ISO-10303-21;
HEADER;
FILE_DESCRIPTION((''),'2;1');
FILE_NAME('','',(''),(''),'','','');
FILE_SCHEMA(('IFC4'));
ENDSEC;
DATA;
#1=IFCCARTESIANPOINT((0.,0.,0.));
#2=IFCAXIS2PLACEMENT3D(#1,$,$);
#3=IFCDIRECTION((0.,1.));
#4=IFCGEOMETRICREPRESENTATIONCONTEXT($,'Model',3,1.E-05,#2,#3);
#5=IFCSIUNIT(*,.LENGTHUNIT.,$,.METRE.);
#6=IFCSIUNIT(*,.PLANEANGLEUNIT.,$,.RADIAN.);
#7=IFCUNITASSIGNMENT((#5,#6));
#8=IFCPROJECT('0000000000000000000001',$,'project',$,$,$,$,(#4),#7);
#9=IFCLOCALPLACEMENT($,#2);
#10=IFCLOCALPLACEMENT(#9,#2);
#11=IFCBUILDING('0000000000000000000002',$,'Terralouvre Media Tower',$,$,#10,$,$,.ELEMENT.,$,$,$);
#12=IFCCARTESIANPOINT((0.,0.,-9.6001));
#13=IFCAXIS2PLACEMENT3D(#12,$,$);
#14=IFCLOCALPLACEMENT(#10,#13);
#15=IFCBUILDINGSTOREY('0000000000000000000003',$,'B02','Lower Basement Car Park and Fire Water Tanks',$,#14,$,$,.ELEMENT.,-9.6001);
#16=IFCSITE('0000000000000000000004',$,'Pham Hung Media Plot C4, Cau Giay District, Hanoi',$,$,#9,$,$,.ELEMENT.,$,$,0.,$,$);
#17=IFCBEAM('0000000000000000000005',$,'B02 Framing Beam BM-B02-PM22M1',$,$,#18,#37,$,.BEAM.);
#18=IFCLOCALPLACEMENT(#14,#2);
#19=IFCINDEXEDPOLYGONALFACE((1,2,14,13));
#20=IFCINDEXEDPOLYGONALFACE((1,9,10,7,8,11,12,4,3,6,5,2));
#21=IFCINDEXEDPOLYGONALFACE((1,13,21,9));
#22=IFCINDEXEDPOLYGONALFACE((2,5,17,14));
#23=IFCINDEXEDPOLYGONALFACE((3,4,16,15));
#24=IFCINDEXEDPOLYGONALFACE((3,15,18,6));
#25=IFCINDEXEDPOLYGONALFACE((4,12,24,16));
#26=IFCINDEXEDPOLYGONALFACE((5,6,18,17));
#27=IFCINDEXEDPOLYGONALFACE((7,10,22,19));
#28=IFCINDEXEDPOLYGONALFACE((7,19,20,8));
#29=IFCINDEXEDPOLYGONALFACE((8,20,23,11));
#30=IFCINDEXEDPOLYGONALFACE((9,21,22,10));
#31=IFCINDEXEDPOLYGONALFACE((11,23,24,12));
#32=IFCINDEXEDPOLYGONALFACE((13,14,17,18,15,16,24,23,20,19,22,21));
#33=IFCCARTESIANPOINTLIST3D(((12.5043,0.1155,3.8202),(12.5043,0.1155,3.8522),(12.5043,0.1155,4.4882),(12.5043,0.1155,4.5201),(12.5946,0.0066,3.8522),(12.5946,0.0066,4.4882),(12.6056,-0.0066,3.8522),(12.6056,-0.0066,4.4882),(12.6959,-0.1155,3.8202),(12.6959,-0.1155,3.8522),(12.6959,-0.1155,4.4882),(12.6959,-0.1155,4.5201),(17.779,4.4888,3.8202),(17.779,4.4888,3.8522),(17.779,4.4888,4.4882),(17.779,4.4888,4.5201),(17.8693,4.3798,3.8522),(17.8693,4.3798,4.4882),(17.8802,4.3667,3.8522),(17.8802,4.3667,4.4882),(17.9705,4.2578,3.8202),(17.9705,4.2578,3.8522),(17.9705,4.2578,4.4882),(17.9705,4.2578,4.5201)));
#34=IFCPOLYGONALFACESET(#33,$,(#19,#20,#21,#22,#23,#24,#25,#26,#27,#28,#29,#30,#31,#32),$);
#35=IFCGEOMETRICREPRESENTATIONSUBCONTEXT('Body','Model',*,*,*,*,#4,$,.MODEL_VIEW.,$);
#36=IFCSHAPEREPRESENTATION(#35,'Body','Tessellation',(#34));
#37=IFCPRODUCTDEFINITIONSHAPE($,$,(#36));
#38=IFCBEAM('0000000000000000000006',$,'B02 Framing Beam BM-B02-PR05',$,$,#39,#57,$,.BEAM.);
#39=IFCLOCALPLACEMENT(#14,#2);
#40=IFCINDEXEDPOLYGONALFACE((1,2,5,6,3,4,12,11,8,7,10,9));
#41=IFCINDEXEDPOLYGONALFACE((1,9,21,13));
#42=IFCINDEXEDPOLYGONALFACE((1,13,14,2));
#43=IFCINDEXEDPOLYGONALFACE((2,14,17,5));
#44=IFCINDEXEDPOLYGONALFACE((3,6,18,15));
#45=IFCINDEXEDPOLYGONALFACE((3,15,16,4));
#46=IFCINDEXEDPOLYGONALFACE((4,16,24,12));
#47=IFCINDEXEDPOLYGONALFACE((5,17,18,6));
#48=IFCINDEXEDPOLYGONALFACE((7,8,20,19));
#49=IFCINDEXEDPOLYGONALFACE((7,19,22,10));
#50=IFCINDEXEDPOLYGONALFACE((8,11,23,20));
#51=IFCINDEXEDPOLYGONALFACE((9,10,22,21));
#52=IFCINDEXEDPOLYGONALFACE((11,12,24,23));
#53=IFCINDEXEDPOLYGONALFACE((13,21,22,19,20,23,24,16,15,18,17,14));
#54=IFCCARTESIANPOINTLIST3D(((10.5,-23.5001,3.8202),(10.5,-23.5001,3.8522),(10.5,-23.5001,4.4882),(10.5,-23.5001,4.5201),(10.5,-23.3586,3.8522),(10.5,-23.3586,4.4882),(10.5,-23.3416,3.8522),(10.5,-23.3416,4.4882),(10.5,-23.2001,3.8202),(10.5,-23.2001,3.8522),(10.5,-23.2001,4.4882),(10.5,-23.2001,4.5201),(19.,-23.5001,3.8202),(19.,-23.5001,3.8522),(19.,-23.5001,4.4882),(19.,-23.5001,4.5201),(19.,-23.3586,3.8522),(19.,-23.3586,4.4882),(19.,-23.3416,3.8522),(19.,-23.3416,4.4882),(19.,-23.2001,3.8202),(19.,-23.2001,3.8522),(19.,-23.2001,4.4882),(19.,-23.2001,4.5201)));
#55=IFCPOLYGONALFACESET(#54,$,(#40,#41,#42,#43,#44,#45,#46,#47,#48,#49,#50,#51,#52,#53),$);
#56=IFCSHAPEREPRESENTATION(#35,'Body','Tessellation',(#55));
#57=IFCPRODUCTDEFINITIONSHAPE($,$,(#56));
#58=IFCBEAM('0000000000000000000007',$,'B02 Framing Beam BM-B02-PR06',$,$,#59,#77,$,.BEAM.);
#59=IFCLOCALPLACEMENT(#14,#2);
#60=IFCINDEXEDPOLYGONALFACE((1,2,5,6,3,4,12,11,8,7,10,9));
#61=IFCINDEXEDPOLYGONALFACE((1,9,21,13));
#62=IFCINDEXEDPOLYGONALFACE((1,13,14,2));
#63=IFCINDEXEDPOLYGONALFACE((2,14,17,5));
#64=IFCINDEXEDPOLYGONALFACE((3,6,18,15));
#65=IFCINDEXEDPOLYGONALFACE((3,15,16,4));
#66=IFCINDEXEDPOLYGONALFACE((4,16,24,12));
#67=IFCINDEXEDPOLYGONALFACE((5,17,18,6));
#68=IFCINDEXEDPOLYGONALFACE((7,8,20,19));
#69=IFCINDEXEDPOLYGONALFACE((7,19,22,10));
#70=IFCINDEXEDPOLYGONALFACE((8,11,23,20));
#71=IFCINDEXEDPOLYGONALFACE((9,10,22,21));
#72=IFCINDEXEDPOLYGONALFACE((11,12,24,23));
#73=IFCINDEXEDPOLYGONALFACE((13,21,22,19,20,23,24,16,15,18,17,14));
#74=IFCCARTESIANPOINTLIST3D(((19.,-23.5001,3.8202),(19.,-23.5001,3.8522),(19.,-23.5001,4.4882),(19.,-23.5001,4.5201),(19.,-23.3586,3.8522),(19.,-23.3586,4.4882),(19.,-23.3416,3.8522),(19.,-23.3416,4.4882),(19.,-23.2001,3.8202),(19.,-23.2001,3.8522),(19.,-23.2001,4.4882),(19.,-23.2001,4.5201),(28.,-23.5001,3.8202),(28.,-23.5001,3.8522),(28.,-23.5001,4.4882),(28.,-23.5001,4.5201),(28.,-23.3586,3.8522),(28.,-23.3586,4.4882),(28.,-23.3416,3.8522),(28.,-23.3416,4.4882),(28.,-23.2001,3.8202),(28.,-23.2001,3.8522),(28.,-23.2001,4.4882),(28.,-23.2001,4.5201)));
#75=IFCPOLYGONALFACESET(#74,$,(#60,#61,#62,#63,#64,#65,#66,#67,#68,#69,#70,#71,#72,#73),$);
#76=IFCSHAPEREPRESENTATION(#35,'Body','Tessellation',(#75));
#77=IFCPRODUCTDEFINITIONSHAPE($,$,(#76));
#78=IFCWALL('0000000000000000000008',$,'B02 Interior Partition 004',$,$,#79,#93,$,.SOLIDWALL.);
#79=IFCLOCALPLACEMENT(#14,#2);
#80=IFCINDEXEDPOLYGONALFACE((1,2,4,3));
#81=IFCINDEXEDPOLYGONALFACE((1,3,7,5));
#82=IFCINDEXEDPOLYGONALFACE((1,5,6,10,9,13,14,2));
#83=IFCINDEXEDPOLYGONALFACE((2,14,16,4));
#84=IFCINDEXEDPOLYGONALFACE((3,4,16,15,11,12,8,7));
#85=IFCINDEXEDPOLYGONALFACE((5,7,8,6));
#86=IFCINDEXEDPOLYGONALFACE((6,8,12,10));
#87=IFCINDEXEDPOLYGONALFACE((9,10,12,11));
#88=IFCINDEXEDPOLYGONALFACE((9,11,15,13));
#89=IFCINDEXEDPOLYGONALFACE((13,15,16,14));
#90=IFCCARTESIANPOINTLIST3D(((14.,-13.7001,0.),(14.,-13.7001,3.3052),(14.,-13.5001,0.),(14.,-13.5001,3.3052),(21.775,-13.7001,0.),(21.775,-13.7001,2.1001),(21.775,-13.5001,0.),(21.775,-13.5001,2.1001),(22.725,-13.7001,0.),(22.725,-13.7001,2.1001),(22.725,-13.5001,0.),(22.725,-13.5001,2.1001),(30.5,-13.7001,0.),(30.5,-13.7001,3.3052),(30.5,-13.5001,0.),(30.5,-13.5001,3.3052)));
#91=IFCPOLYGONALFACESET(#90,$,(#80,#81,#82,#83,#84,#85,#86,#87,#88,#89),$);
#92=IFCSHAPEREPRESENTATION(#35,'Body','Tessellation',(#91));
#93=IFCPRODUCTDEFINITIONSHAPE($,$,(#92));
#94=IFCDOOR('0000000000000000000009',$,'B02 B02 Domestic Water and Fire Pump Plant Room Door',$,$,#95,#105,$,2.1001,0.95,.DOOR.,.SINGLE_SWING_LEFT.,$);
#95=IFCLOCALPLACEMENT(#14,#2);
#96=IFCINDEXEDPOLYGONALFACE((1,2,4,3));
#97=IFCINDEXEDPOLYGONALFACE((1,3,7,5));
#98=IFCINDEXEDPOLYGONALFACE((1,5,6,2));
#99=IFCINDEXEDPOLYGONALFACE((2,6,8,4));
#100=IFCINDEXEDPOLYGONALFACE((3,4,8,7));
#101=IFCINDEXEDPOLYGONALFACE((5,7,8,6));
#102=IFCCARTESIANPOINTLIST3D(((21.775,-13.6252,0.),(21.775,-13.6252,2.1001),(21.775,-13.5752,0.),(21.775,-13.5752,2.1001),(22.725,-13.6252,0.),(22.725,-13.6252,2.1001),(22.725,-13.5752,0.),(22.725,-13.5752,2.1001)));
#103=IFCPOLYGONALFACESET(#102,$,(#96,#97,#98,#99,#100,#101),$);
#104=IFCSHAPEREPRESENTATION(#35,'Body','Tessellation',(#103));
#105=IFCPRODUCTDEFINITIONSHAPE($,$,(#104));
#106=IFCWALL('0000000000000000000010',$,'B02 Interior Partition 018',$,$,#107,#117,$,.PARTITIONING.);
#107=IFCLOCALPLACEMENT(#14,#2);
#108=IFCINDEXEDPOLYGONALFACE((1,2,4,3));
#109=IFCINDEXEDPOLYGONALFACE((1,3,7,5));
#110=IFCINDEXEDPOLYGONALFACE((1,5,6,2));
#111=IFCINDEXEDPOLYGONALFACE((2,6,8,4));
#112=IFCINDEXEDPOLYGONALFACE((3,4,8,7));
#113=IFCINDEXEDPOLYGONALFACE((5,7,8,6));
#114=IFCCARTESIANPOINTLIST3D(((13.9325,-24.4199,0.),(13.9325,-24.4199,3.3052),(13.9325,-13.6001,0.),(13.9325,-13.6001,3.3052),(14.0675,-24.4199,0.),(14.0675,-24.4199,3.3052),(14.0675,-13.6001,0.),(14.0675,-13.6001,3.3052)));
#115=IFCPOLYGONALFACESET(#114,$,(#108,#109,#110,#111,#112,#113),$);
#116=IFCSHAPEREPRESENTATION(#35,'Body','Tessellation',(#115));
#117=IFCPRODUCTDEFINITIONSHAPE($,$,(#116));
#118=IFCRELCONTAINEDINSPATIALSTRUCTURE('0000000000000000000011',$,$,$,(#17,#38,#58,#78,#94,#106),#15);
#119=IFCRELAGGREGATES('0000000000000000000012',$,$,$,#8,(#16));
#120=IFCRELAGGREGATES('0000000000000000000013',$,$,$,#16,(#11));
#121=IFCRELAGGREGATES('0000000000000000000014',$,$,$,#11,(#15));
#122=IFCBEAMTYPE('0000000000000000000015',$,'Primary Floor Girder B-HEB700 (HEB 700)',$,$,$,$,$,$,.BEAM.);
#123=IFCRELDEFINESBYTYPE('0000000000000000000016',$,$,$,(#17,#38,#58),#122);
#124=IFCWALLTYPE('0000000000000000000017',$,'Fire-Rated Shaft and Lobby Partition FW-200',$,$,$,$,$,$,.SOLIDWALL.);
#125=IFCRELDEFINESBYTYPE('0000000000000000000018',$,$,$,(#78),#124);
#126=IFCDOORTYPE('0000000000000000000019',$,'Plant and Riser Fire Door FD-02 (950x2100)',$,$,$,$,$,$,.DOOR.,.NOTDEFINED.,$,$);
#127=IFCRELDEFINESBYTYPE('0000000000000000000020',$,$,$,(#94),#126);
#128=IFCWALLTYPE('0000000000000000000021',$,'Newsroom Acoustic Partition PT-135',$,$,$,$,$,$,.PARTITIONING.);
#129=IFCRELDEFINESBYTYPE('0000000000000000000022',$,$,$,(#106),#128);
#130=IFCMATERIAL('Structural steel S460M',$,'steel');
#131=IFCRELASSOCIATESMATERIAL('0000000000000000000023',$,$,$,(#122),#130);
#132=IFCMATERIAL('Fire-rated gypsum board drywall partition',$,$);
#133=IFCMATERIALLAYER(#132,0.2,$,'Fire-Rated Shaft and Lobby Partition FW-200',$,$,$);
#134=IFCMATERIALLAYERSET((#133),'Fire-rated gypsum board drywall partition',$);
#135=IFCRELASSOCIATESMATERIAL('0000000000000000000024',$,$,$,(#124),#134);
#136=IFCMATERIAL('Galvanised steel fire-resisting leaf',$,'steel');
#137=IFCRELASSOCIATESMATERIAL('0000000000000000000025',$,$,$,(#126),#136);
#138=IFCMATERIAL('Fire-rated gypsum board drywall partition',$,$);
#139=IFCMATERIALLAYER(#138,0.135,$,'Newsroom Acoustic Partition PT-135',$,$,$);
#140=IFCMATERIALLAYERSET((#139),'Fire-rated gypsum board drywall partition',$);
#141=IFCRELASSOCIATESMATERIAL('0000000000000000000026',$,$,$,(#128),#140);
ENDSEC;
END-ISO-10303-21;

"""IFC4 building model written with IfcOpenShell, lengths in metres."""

from ifc_helpers import new_model, si_unit, direction, frame, frame_2d, origin, origin_2d, place, context, subcontext, project, spatial, rectangle, i_section, extrude, material, layer, layer_set, material_profile, profile_set, type_object, element, fill, save


model = new_model("IFC4")

# Units and contexts
model_context = context("Model", 3, precision=1e-05, world=origin(), true_north=direction((0.0, 1.0)))
body_context = subcontext(model_context, "Body", "Model", "MODEL_VIEW")
ifc_project = project(units=[si_unit("LENGTHUNIT", "METRE"), si_unit("PLANEANGLEUNIT", "RADIAN")], contexts=[model_context])

# Site, building, storey
site_placement = place(None, origin())
site = spatial("IfcSite", under=ifc_project, at=site_placement, Name="Pham Hung Media Plot C4, Cau Giay District, Hanoi", CompositionType="ELEMENT", RefElevation=0.0)
building_placement = place(site_placement, origin())
building = spatial("IfcBuilding", under=site, at=building_placement, Name="Terralouvre Media Tower", CompositionType="ELEMENT")
storey_placement = place(building_placement, frame((0.0, 0.0, -9.6001)))
storey = spatial("IfcBuildingStorey", under=building, at=storey_placement, Name="B02", Description="Lower Basement Car Park and Fire Water Tanks", CompositionType="ELEMENT", Elevation=-9.6001)

# Beams
ifc_material_1 = material(Name="Structural steel S460M", Category="steel")
ifc_material_profile_1 = material_profile(ifc_material_1, i_section(OverallWidth=0.3, OverallDepth=0.7, WebThickness=0.0171, FlangeThickness=0.032, at=origin_2d()), Name="HEB 700")
ifc_profile_set_1 = profile_set([ifc_material_profile_1], Name="Structural steel S460M")
beam_type_1 = type_object("IfcBeamType", Name="Primary Floor Girder B-HEB700 (HEB 700)", PredefinedType="BEAM", material=ifc_profile_set_1)
beam_1_placement = place(storey_placement, frame((12.6001, 0.0, 4.1702), z_axis=(0.769816, 0.638265, 0.0), x_axis=(-0.638265, 0.769816, 0.0)))
element("IfcBeam", 1, at=beam_1_placement, inside=storey, type_object=beam_type_1, Name="B02 Framing Beam BM-B02-PM22M1", PredefinedType="BEAM", context=body_context, shape_type="SweptSolid", body=[
    extrude(i_section(OverallWidth=0.3, OverallDepth=0.7, WebThickness=0.0171, FlangeThickness=0.032, at=origin_2d()), origin(), (0.0, 0.0, 1.0), 6.8518),
])
beam_2_placement = place(storey_placement, frame((10.5, -23.3501, 4.1702), z_axis=(1.0, 0.0, 0.0), x_axis=(0.0, 1.0, 0.0)))
element("IfcBeam", 2, at=beam_2_placement, inside=storey, type_object=beam_type_1, Name="B02 Framing Beam BM-B02-PR05", PredefinedType="BEAM", context=body_context, shape_type="SweptSolid", body=[
    extrude(i_section(OverallWidth=0.3, OverallDepth=0.7, WebThickness=0.0171, FlangeThickness=0.032, at=origin_2d()), origin(), (0.0, 0.0, 1.0), 8.5),
])
beam_3_placement = place(storey_placement, frame((19.0, -23.3501, 4.1702), z_axis=(1.0, 0.0, 0.0), x_axis=(0.0, 1.0, 0.0)))
element("IfcBeam", 3, at=beam_3_placement, inside=storey, type_object=beam_type_1, Name="B02 Framing Beam BM-B02-PR06", PredefinedType="BEAM", context=body_context, shape_type="SweptSolid", body=[
    extrude(i_section(OverallWidth=0.3, OverallDepth=0.7, WebThickness=0.0171, FlangeThickness=0.032, at=origin_2d()), origin(), (0.0, 0.0, 1.0), 9.0),
])

# Wall, opening, door
ifc_material_2 = material(Name="Fire-rated gypsum board drywall partition")
ifc_layer_1 = layer(ifc_material_2, 0.2, Name="Fire-Rated Shaft and Lobby Partition FW-200")
ifc_layer_set_1 = layer_set([ifc_layer_1], Name="Fire-rated gypsum board drywall partition")
wall_type_1 = type_object("IfcWallType", Name="Fire-Rated Shaft and Lobby Partition FW-200", PredefinedType="SOLIDWALL", material=ifc_layer_set_1)
wall_1_placement = place(storey_placement, frame((14.0, -13.6001, 0.0), z_axis=(0.0, 0.0, 1.0), x_axis=(1.0, 0.0, 0.0)))
wall_1 = element("IfcWall", 4, at=wall_1_placement, inside=storey, type_object=wall_type_1, Name="B02 Interior Partition 004", PredefinedType="SOLIDWALL", context=body_context, shape_type="SweptSolid", body=[
    extrude(rectangle(XDim=16.5, YDim=0.2, at=frame_2d((8.25, 0.0))), origin(), (0.0, 0.0, 1.0), 3.3052),
])
opening_placement = place(wall_1_placement, frame((7.7749, 0.0, 0.0)))
opening = element("IfcOpeningElement", 5, at=opening_placement, cuts=wall_1, PredefinedType="OPENING", context=body_context, shape_type="SweptSolid", body=[
    extrude(rectangle(XDim=0.95, YDim=2.1001, at=frame_2d((0.4751, 1.05))), frame((0.0, 0.1099, 0.0), z_axis=(0.0, -1.0, 0.0), x_axis=(1.0, 0.0, 0.0)), (0.0, 0.0, 1.0), 0.22),
])
ifc_material_3 = material(Name="Galvanised steel fire-resisting leaf", Category="steel")
door_type = type_object("IfcDoorType", Name="Plant and Riser Fire Door FD-02 (950x2100)", OperationType="NOTDEFINED", PredefinedType="DOOR", material=ifc_material_3)
door_placement = place(opening_placement, origin())
door = element("IfcDoor", 6, at=door_placement, inside=storey, type_object=door_type, Name="B02 B02 Domestic Water and Fire Pump Plant Room Door", OperationType="SINGLE_SWING_LEFT", OverallHeight=2.1001, OverallWidth=0.95, PredefinedType="DOOR", context=body_context, shape_type="SweptSolid", body=[
    extrude(rectangle(XDim=0.95, YDim=2.1001, at=frame_2d((0.4751, 1.05))), frame((0.0, 0.0249, 0.0), z_axis=(0.0, -1.0, 0.0), x_axis=(1.0, 0.0, 0.0)), (0.0, 0.0, 1.0), 0.05),
])
fill(opening, door)

# Wall
ifc_material_4 = material(Name="Fire-rated gypsum board drywall partition")
ifc_layer_2 = layer(ifc_material_4, 0.135, Name="Newsroom Acoustic Partition PT-135")
ifc_layer_set_2 = layer_set([ifc_layer_2], Name="Fire-rated gypsum board drywall partition")
wall_type_2 = type_object("IfcWallType", Name="Newsroom Acoustic Partition PT-135", PredefinedType="PARTITIONING", material=ifc_layer_set_2)
wall_2_placement = place(storey_placement, frame((14.0, -24.4199, 0.0), z_axis=(0.0, 0.0, 1.0), x_axis=(0.0, 1.0, 0.0)))
element("IfcWall", 7, at=wall_2_placement, inside=storey, type_object=wall_type_2, Name="B02 Interior Partition 018", PredefinedType="PARTITIONING", context=body_context, shape_type="SweptSolid", body=[
    extrude(rectangle(XDim=10.8198, YDim=0.135, at=frame_2d((5.4099, 0.0))), origin(), (0.0, 0.0, 1.0), 3.3052),
])

save(model, "model.ifc")
